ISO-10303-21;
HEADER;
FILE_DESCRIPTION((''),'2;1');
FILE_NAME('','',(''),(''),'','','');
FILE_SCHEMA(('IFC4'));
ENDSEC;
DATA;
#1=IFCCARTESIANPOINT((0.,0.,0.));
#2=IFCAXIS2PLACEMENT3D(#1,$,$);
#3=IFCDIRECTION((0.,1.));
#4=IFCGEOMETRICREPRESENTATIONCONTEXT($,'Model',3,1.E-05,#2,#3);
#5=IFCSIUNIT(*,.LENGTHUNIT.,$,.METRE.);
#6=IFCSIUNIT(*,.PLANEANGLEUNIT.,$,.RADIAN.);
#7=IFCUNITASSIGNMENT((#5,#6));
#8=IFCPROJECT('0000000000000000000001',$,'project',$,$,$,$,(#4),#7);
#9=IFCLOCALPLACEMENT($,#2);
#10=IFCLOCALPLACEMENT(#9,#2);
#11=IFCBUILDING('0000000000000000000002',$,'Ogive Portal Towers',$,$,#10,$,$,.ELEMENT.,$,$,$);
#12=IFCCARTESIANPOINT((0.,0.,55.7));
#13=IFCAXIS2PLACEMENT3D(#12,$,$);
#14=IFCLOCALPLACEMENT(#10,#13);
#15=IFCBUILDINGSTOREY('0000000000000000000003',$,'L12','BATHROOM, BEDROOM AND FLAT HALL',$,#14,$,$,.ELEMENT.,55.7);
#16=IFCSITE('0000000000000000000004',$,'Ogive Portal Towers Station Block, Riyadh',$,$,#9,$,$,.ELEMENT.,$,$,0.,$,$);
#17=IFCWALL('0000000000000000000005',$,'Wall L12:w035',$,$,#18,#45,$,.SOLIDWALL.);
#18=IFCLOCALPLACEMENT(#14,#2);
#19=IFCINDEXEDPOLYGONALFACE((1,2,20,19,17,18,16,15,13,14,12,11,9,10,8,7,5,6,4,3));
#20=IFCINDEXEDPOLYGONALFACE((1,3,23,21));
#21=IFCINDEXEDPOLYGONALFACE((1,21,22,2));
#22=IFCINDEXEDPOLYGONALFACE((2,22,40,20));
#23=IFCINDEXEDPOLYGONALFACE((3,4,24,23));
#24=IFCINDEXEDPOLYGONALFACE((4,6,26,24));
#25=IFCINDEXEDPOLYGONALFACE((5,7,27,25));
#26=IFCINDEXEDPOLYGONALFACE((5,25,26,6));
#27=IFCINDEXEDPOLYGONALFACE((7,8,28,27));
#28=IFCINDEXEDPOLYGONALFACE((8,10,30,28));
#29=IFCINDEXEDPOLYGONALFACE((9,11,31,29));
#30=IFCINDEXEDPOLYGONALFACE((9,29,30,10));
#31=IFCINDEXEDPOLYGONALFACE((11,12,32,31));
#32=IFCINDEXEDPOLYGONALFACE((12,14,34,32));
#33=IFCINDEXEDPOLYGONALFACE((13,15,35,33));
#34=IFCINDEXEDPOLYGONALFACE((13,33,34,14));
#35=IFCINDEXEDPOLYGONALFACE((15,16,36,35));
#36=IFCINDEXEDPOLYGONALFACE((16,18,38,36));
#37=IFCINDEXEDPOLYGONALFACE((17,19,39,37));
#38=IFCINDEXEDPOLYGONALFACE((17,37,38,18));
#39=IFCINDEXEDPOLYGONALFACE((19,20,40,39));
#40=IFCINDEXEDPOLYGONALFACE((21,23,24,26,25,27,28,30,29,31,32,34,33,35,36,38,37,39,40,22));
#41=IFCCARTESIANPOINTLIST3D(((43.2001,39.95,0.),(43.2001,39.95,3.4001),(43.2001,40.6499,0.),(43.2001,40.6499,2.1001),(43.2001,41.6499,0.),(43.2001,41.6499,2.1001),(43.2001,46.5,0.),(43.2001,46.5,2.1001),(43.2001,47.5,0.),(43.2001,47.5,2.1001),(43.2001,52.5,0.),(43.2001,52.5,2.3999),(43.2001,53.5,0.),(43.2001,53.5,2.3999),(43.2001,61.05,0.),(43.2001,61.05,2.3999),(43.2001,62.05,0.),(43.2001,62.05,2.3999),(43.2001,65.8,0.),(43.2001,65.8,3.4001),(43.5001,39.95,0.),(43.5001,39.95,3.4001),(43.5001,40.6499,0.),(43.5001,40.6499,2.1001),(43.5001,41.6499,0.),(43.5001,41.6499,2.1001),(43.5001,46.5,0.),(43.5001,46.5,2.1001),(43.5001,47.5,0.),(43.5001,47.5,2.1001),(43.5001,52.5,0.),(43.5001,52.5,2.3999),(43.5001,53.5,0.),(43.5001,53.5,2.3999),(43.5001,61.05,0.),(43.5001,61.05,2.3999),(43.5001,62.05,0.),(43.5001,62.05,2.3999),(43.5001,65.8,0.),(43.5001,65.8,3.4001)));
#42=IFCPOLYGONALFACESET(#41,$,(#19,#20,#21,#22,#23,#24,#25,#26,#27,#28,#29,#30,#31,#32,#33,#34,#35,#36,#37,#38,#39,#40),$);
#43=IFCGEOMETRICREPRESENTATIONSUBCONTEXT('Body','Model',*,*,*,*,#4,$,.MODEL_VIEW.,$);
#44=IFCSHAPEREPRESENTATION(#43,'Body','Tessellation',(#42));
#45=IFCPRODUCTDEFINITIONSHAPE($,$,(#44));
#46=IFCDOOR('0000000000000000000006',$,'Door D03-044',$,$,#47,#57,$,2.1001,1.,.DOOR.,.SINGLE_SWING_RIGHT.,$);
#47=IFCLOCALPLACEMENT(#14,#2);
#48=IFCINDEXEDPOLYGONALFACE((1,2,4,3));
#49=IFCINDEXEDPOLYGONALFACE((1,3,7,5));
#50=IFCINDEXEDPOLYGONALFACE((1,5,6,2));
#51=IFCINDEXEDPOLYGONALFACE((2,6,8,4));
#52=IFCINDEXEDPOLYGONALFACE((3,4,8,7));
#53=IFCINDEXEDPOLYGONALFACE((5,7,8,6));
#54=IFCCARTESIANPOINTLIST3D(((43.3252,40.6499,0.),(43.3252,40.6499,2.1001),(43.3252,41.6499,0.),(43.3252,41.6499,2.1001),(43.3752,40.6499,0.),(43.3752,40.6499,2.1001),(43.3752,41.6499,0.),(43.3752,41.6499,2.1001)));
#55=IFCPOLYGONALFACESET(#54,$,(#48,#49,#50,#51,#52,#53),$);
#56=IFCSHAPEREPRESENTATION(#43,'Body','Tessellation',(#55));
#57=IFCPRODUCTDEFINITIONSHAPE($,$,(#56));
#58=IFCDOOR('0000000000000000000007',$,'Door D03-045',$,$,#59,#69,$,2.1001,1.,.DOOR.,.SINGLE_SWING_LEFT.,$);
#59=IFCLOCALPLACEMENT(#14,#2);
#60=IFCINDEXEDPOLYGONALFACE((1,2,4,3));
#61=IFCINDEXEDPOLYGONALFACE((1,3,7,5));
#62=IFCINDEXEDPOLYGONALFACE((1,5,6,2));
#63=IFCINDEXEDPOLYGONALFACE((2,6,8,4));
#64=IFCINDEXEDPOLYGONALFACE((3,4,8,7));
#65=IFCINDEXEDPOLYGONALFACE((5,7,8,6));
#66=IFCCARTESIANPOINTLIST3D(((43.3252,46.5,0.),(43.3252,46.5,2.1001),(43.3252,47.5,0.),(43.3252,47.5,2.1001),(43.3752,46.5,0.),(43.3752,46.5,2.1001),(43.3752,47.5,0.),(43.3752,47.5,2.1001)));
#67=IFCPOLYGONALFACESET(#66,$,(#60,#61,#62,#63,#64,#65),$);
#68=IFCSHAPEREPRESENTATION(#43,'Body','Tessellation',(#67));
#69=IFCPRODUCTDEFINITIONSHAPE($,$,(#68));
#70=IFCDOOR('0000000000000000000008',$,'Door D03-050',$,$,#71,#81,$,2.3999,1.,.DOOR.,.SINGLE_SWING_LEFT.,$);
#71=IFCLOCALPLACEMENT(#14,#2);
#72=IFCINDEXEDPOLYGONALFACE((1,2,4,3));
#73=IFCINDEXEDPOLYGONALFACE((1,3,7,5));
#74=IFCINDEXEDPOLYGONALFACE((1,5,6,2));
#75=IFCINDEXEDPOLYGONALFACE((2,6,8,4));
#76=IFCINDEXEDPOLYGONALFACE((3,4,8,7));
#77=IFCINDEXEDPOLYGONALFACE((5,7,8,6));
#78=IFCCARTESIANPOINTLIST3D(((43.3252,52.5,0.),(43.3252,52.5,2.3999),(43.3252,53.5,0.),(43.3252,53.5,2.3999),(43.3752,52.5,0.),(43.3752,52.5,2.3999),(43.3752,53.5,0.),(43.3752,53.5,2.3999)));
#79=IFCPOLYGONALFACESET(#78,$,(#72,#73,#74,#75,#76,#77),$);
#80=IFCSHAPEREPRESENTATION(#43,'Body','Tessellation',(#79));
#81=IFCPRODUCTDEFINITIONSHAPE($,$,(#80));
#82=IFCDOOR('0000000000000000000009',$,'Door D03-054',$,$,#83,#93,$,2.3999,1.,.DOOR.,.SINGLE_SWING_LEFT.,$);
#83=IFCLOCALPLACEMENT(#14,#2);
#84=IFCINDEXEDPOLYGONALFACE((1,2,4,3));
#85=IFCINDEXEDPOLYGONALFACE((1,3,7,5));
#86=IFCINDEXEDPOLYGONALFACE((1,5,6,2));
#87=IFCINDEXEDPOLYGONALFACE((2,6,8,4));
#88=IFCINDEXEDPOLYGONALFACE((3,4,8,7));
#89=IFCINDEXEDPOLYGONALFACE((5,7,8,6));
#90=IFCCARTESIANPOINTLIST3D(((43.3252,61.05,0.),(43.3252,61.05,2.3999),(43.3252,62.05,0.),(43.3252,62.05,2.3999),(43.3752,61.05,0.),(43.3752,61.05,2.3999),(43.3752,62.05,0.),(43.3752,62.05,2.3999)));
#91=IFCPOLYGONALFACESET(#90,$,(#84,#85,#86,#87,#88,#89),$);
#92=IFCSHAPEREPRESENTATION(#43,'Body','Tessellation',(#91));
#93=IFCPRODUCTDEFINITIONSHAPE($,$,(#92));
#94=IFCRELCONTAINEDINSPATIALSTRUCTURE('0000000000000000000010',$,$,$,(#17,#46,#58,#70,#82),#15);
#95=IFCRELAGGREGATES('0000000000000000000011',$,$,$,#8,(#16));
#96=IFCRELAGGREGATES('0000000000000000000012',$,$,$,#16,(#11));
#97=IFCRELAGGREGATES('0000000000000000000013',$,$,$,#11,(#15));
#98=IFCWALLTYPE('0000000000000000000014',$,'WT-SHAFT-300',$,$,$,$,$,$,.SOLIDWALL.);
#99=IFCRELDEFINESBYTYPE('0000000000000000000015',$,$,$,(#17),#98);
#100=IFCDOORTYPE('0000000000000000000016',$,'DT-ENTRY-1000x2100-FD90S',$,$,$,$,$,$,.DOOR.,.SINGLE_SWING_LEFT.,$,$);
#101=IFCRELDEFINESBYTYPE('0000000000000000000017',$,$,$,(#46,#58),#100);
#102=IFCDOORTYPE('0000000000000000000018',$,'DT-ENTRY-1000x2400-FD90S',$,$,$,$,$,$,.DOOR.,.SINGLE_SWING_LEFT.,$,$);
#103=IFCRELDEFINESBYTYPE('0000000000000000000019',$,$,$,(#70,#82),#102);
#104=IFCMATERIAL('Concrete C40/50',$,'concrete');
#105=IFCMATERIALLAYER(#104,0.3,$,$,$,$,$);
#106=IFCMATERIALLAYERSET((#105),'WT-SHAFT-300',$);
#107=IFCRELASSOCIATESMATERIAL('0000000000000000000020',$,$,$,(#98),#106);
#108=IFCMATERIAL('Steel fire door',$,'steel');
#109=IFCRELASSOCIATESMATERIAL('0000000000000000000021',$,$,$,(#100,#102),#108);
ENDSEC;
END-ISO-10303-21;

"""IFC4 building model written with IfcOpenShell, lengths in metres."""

from ifc_helpers import new_model, si_unit, direction, frame, frame_2d, origin, place, context, subcontext, project, spatial, rectangle, extrude, material, layer, layer_set, type_object, element, fill, save


model = new_model("IFC4")

# Units and contexts
model_context = context("Model", 3, precision=1e-05, world=origin(), true_north=direction((0.0, 1.0)))
body_context = subcontext(model_context, "Body", "Model", "MODEL_VIEW")
ifc_project = project(units=[si_unit("LENGTHUNIT", "METRE"), si_unit("PLANEANGLEUNIT", "RADIAN")], contexts=[model_context])

# Site, building, storey
site_placement = place(None, origin())
site = spatial("IfcSite", under=ifc_project, at=site_placement, Name="Ogive Portal Towers Station Block, Riyadh", CompositionType="ELEMENT", RefElevation=0.0)
building_placement = place(site_placement, origin())
building = spatial("IfcBuilding", under=site, at=building_placement, Name="Ogive Portal Towers", CompositionType="ELEMENT")
storey_placement = place(building_placement, frame((0.0, 0.0, 55.7)))
storey = spatial("IfcBuildingStorey", under=building, at=storey_placement, Name="L12", Description="BATHROOM, BEDROOM AND FLAT HALL", CompositionType="ELEMENT", Elevation=55.7)

# Shared definitions
ifc_material_1 = material(Name="Concrete C40/50", Category="concrete")

# Shared definitions
ifc_material_2 = material(Name="Steel fire door", Category="steel")

# Shared definitions
ifc_layer_1 = layer(ifc_material_1, 0.3)
ifc_layer_set_1 = layer_set([ifc_layer_1], Name="WT-SHAFT-300")
wall_type_1 = type_object("IfcWallType", Name="WT-SHAFT-300", PredefinedType="SOLIDWALL", material=ifc_layer_set_1)

# Wall, openings, doors
wall_1_placement = place(storey_placement, frame((43.3501, 39.95, 0.0), z_axis=(0.0, 0.0, 1.0), x_axis=(0.0, 1.0, 0.0)))
wall_1 = element("IfcWall", 1, at=wall_1_placement, inside=storey, type_object=wall_type_1, Name="Wall L12:w035", PredefinedType="SOLIDWALL", context=body_context, shape_type="SweptSolid", body=[
    extrude(rectangle(XDim=25.8501, YDim=0.3, at=frame_2d((12.925, 0.0))), origin(), (0.0, 0.0, 1.0), 3.4001),
])
opening_1_placement = place(wall_1_placement, frame((0.7, 0.0, 0.0)))
opening_1 = element("IfcOpeningElement", 2, at=opening_1_placement, cuts=wall_1, PredefinedType="OPENING", context=body_context, shape_type="SweptSolid", body=[
    extrude(rectangle(XDim=1.0, YDim=2.1001, at=frame_2d((0.5, 1.05))), frame((0.0, 0.1602, 0.0), z_axis=(0.0, -1.0, 0.0), x_axis=(1.0, 0.0, 0.0)), (0.0, 0.0, 1.0), 0.3201),
])
opening_2_placement = place(wall_1_placement, frame((6.55, 0.0, 0.0)))
opening_2 = element("IfcOpeningElement", 3, at=opening_2_placement, cuts=wall_1, PredefinedType="OPENING", context=body_context, shape_type="SweptSolid", body=[
    extrude(rectangle(XDim=1.0, YDim=2.1001, at=frame_2d((0.5, 1.05))), frame((0.0, 0.1602, 0.0), z_axis=(0.0, -1.0, 0.0), x_axis=(1.0, 0.0, 0.0)), (0.0, 0.0, 1.0), 0.3201),
])
opening_3_placement = place(wall_1_placement, frame((12.55, 0.0, 0.0)))
opening_3 = element("IfcOpeningElement", 4, at=opening_3_placement, cuts=wall_1, PredefinedType="OPENING", context=body_context, shape_type="SweptSolid", body=[
    extrude(rectangle(XDim=1.0, YDim=2.3999, at=frame_2d((0.5, 1.2))), frame((0.0, 0.1602, 0.0), z_axis=(0.0, -1.0, 0.0), x_axis=(1.0, 0.0, 0.0)), (0.0, 0.0, 1.0), 0.3201),
])
opening_4_placement = place(wall_1_placement, frame((21.1001, 0.0, 0.0)))
opening_4 = element("IfcOpeningElement", 5, at=opening_4_placement, cuts=wall_1, PredefinedType="OPENING", context=body_context, shape_type="SweptSolid", body=[
    extrude(rectangle(XDim=1.0, YDim=2.3999, at=frame_2d((0.5, 1.2))), frame((0.0, 0.1602, 0.0), z_axis=(0.0, -1.0, 0.0), x_axis=(1.0, 0.0, 0.0)), (0.0, 0.0, 1.0), 0.3201),
])
door_type_1 = type_object("IfcDoorType", Name="DT-ENTRY-1000x2100-FD90S", OperationType="SINGLE_SWING_LEFT", PredefinedType="DOOR", material=ifc_material_2)
door_1_placement = place(opening_1_placement, origin())
door_1 = element("IfcDoor", 6, at=door_1_placement, inside=storey, type_object=door_type_1, Name="Door D03-044", OperationType="SINGLE_SWING_RIGHT", OverallHeight=2.1001, OverallWidth=1.0, PredefinedType="DOOR", context=body_context, shape_type="SweptSolid", body=[
    extrude(rectangle(XDim=1.0, YDim=2.1001, at=frame_2d((0.5, 1.05))), frame((0.0, 0.0249, 0.0), z_axis=(0.0, -1.0, 0.0), x_axis=(1.0, 0.0, 0.0)), (0.0, 0.0, 1.0), 0.05),
])
fill(opening_1, door_1)
door_2_placement = place(opening_2_placement, origin())
door_2 = element("IfcDoor", 7, at=door_2_placement, inside=storey, type_object=door_type_1, Name="Door D03-045", OperationType="SINGLE_SWING_LEFT", OverallHeight=2.1001, OverallWidth=1.0, PredefinedType="DOOR", context=body_context, shape_type="SweptSolid", body=[
    extrude(rectangle(XDim=1.0, YDim=2.1001, at=frame_2d((0.5, 1.05))), frame((0.0, 0.0249, 0.0), z_axis=(0.0, -1.0, 0.0), x_axis=(1.0, 0.0, 0.0)), (0.0, 0.0, 1.0), 0.05),
])
fill(opening_2, door_2)
door_type_2 = type_object("IfcDoorType", Name="DT-ENTRY-1000x2400-FD90S", OperationType="SINGLE_SWING_LEFT", PredefinedType="DOOR", material=ifc_material_2)
door_3_placement = place(opening_3_placement, origin())
door_3 = element("IfcDoor", 8, at=door_3_placement, inside=storey, type_object=door_type_2, Name="Door D03-050", OperationType="SINGLE_SWING_LEFT", OverallHeight=2.3999, OverallWidth=1.0, PredefinedType="DOOR", context=body_context, shape_type="SweptSolid", body=[
    extrude(rectangle(XDim=1.0, YDim=2.3999, at=frame_2d((0.5, 1.2))), frame((0.0, 0.0249, 0.0), z_axis=(0.0, -1.0, 0.0), x_axis=(1.0, 0.0, 0.0)), (0.0, 0.0, 1.0), 0.05),
])
fill(opening_3, door_3)
door_4_placement = place(opening_4_placement, origin())
door_4 = element("IfcDoor", 9, at=door_4_placement, inside=storey, type_object=door_type_2, Name="Door D03-054", OperationType="SINGLE_SWING_LEFT", OverallHeight=2.3999, OverallWidth=1.0, PredefinedType="DOOR", context=body_context, shape_type="SweptSolid", body=[
    extrude(rectangle(XDim=1.0, YDim=2.3999, at=frame_2d((0.5, 1.2))), frame((0.0, 0.0249, 0.0), z_axis=(0.0, -1.0, 0.0), x_axis=(1.0, 0.0, 0.0)), (0.0, 0.0, 1.0), 0.05),
])
fill(opening_4, door_4)

save(model, "model.ifc")
